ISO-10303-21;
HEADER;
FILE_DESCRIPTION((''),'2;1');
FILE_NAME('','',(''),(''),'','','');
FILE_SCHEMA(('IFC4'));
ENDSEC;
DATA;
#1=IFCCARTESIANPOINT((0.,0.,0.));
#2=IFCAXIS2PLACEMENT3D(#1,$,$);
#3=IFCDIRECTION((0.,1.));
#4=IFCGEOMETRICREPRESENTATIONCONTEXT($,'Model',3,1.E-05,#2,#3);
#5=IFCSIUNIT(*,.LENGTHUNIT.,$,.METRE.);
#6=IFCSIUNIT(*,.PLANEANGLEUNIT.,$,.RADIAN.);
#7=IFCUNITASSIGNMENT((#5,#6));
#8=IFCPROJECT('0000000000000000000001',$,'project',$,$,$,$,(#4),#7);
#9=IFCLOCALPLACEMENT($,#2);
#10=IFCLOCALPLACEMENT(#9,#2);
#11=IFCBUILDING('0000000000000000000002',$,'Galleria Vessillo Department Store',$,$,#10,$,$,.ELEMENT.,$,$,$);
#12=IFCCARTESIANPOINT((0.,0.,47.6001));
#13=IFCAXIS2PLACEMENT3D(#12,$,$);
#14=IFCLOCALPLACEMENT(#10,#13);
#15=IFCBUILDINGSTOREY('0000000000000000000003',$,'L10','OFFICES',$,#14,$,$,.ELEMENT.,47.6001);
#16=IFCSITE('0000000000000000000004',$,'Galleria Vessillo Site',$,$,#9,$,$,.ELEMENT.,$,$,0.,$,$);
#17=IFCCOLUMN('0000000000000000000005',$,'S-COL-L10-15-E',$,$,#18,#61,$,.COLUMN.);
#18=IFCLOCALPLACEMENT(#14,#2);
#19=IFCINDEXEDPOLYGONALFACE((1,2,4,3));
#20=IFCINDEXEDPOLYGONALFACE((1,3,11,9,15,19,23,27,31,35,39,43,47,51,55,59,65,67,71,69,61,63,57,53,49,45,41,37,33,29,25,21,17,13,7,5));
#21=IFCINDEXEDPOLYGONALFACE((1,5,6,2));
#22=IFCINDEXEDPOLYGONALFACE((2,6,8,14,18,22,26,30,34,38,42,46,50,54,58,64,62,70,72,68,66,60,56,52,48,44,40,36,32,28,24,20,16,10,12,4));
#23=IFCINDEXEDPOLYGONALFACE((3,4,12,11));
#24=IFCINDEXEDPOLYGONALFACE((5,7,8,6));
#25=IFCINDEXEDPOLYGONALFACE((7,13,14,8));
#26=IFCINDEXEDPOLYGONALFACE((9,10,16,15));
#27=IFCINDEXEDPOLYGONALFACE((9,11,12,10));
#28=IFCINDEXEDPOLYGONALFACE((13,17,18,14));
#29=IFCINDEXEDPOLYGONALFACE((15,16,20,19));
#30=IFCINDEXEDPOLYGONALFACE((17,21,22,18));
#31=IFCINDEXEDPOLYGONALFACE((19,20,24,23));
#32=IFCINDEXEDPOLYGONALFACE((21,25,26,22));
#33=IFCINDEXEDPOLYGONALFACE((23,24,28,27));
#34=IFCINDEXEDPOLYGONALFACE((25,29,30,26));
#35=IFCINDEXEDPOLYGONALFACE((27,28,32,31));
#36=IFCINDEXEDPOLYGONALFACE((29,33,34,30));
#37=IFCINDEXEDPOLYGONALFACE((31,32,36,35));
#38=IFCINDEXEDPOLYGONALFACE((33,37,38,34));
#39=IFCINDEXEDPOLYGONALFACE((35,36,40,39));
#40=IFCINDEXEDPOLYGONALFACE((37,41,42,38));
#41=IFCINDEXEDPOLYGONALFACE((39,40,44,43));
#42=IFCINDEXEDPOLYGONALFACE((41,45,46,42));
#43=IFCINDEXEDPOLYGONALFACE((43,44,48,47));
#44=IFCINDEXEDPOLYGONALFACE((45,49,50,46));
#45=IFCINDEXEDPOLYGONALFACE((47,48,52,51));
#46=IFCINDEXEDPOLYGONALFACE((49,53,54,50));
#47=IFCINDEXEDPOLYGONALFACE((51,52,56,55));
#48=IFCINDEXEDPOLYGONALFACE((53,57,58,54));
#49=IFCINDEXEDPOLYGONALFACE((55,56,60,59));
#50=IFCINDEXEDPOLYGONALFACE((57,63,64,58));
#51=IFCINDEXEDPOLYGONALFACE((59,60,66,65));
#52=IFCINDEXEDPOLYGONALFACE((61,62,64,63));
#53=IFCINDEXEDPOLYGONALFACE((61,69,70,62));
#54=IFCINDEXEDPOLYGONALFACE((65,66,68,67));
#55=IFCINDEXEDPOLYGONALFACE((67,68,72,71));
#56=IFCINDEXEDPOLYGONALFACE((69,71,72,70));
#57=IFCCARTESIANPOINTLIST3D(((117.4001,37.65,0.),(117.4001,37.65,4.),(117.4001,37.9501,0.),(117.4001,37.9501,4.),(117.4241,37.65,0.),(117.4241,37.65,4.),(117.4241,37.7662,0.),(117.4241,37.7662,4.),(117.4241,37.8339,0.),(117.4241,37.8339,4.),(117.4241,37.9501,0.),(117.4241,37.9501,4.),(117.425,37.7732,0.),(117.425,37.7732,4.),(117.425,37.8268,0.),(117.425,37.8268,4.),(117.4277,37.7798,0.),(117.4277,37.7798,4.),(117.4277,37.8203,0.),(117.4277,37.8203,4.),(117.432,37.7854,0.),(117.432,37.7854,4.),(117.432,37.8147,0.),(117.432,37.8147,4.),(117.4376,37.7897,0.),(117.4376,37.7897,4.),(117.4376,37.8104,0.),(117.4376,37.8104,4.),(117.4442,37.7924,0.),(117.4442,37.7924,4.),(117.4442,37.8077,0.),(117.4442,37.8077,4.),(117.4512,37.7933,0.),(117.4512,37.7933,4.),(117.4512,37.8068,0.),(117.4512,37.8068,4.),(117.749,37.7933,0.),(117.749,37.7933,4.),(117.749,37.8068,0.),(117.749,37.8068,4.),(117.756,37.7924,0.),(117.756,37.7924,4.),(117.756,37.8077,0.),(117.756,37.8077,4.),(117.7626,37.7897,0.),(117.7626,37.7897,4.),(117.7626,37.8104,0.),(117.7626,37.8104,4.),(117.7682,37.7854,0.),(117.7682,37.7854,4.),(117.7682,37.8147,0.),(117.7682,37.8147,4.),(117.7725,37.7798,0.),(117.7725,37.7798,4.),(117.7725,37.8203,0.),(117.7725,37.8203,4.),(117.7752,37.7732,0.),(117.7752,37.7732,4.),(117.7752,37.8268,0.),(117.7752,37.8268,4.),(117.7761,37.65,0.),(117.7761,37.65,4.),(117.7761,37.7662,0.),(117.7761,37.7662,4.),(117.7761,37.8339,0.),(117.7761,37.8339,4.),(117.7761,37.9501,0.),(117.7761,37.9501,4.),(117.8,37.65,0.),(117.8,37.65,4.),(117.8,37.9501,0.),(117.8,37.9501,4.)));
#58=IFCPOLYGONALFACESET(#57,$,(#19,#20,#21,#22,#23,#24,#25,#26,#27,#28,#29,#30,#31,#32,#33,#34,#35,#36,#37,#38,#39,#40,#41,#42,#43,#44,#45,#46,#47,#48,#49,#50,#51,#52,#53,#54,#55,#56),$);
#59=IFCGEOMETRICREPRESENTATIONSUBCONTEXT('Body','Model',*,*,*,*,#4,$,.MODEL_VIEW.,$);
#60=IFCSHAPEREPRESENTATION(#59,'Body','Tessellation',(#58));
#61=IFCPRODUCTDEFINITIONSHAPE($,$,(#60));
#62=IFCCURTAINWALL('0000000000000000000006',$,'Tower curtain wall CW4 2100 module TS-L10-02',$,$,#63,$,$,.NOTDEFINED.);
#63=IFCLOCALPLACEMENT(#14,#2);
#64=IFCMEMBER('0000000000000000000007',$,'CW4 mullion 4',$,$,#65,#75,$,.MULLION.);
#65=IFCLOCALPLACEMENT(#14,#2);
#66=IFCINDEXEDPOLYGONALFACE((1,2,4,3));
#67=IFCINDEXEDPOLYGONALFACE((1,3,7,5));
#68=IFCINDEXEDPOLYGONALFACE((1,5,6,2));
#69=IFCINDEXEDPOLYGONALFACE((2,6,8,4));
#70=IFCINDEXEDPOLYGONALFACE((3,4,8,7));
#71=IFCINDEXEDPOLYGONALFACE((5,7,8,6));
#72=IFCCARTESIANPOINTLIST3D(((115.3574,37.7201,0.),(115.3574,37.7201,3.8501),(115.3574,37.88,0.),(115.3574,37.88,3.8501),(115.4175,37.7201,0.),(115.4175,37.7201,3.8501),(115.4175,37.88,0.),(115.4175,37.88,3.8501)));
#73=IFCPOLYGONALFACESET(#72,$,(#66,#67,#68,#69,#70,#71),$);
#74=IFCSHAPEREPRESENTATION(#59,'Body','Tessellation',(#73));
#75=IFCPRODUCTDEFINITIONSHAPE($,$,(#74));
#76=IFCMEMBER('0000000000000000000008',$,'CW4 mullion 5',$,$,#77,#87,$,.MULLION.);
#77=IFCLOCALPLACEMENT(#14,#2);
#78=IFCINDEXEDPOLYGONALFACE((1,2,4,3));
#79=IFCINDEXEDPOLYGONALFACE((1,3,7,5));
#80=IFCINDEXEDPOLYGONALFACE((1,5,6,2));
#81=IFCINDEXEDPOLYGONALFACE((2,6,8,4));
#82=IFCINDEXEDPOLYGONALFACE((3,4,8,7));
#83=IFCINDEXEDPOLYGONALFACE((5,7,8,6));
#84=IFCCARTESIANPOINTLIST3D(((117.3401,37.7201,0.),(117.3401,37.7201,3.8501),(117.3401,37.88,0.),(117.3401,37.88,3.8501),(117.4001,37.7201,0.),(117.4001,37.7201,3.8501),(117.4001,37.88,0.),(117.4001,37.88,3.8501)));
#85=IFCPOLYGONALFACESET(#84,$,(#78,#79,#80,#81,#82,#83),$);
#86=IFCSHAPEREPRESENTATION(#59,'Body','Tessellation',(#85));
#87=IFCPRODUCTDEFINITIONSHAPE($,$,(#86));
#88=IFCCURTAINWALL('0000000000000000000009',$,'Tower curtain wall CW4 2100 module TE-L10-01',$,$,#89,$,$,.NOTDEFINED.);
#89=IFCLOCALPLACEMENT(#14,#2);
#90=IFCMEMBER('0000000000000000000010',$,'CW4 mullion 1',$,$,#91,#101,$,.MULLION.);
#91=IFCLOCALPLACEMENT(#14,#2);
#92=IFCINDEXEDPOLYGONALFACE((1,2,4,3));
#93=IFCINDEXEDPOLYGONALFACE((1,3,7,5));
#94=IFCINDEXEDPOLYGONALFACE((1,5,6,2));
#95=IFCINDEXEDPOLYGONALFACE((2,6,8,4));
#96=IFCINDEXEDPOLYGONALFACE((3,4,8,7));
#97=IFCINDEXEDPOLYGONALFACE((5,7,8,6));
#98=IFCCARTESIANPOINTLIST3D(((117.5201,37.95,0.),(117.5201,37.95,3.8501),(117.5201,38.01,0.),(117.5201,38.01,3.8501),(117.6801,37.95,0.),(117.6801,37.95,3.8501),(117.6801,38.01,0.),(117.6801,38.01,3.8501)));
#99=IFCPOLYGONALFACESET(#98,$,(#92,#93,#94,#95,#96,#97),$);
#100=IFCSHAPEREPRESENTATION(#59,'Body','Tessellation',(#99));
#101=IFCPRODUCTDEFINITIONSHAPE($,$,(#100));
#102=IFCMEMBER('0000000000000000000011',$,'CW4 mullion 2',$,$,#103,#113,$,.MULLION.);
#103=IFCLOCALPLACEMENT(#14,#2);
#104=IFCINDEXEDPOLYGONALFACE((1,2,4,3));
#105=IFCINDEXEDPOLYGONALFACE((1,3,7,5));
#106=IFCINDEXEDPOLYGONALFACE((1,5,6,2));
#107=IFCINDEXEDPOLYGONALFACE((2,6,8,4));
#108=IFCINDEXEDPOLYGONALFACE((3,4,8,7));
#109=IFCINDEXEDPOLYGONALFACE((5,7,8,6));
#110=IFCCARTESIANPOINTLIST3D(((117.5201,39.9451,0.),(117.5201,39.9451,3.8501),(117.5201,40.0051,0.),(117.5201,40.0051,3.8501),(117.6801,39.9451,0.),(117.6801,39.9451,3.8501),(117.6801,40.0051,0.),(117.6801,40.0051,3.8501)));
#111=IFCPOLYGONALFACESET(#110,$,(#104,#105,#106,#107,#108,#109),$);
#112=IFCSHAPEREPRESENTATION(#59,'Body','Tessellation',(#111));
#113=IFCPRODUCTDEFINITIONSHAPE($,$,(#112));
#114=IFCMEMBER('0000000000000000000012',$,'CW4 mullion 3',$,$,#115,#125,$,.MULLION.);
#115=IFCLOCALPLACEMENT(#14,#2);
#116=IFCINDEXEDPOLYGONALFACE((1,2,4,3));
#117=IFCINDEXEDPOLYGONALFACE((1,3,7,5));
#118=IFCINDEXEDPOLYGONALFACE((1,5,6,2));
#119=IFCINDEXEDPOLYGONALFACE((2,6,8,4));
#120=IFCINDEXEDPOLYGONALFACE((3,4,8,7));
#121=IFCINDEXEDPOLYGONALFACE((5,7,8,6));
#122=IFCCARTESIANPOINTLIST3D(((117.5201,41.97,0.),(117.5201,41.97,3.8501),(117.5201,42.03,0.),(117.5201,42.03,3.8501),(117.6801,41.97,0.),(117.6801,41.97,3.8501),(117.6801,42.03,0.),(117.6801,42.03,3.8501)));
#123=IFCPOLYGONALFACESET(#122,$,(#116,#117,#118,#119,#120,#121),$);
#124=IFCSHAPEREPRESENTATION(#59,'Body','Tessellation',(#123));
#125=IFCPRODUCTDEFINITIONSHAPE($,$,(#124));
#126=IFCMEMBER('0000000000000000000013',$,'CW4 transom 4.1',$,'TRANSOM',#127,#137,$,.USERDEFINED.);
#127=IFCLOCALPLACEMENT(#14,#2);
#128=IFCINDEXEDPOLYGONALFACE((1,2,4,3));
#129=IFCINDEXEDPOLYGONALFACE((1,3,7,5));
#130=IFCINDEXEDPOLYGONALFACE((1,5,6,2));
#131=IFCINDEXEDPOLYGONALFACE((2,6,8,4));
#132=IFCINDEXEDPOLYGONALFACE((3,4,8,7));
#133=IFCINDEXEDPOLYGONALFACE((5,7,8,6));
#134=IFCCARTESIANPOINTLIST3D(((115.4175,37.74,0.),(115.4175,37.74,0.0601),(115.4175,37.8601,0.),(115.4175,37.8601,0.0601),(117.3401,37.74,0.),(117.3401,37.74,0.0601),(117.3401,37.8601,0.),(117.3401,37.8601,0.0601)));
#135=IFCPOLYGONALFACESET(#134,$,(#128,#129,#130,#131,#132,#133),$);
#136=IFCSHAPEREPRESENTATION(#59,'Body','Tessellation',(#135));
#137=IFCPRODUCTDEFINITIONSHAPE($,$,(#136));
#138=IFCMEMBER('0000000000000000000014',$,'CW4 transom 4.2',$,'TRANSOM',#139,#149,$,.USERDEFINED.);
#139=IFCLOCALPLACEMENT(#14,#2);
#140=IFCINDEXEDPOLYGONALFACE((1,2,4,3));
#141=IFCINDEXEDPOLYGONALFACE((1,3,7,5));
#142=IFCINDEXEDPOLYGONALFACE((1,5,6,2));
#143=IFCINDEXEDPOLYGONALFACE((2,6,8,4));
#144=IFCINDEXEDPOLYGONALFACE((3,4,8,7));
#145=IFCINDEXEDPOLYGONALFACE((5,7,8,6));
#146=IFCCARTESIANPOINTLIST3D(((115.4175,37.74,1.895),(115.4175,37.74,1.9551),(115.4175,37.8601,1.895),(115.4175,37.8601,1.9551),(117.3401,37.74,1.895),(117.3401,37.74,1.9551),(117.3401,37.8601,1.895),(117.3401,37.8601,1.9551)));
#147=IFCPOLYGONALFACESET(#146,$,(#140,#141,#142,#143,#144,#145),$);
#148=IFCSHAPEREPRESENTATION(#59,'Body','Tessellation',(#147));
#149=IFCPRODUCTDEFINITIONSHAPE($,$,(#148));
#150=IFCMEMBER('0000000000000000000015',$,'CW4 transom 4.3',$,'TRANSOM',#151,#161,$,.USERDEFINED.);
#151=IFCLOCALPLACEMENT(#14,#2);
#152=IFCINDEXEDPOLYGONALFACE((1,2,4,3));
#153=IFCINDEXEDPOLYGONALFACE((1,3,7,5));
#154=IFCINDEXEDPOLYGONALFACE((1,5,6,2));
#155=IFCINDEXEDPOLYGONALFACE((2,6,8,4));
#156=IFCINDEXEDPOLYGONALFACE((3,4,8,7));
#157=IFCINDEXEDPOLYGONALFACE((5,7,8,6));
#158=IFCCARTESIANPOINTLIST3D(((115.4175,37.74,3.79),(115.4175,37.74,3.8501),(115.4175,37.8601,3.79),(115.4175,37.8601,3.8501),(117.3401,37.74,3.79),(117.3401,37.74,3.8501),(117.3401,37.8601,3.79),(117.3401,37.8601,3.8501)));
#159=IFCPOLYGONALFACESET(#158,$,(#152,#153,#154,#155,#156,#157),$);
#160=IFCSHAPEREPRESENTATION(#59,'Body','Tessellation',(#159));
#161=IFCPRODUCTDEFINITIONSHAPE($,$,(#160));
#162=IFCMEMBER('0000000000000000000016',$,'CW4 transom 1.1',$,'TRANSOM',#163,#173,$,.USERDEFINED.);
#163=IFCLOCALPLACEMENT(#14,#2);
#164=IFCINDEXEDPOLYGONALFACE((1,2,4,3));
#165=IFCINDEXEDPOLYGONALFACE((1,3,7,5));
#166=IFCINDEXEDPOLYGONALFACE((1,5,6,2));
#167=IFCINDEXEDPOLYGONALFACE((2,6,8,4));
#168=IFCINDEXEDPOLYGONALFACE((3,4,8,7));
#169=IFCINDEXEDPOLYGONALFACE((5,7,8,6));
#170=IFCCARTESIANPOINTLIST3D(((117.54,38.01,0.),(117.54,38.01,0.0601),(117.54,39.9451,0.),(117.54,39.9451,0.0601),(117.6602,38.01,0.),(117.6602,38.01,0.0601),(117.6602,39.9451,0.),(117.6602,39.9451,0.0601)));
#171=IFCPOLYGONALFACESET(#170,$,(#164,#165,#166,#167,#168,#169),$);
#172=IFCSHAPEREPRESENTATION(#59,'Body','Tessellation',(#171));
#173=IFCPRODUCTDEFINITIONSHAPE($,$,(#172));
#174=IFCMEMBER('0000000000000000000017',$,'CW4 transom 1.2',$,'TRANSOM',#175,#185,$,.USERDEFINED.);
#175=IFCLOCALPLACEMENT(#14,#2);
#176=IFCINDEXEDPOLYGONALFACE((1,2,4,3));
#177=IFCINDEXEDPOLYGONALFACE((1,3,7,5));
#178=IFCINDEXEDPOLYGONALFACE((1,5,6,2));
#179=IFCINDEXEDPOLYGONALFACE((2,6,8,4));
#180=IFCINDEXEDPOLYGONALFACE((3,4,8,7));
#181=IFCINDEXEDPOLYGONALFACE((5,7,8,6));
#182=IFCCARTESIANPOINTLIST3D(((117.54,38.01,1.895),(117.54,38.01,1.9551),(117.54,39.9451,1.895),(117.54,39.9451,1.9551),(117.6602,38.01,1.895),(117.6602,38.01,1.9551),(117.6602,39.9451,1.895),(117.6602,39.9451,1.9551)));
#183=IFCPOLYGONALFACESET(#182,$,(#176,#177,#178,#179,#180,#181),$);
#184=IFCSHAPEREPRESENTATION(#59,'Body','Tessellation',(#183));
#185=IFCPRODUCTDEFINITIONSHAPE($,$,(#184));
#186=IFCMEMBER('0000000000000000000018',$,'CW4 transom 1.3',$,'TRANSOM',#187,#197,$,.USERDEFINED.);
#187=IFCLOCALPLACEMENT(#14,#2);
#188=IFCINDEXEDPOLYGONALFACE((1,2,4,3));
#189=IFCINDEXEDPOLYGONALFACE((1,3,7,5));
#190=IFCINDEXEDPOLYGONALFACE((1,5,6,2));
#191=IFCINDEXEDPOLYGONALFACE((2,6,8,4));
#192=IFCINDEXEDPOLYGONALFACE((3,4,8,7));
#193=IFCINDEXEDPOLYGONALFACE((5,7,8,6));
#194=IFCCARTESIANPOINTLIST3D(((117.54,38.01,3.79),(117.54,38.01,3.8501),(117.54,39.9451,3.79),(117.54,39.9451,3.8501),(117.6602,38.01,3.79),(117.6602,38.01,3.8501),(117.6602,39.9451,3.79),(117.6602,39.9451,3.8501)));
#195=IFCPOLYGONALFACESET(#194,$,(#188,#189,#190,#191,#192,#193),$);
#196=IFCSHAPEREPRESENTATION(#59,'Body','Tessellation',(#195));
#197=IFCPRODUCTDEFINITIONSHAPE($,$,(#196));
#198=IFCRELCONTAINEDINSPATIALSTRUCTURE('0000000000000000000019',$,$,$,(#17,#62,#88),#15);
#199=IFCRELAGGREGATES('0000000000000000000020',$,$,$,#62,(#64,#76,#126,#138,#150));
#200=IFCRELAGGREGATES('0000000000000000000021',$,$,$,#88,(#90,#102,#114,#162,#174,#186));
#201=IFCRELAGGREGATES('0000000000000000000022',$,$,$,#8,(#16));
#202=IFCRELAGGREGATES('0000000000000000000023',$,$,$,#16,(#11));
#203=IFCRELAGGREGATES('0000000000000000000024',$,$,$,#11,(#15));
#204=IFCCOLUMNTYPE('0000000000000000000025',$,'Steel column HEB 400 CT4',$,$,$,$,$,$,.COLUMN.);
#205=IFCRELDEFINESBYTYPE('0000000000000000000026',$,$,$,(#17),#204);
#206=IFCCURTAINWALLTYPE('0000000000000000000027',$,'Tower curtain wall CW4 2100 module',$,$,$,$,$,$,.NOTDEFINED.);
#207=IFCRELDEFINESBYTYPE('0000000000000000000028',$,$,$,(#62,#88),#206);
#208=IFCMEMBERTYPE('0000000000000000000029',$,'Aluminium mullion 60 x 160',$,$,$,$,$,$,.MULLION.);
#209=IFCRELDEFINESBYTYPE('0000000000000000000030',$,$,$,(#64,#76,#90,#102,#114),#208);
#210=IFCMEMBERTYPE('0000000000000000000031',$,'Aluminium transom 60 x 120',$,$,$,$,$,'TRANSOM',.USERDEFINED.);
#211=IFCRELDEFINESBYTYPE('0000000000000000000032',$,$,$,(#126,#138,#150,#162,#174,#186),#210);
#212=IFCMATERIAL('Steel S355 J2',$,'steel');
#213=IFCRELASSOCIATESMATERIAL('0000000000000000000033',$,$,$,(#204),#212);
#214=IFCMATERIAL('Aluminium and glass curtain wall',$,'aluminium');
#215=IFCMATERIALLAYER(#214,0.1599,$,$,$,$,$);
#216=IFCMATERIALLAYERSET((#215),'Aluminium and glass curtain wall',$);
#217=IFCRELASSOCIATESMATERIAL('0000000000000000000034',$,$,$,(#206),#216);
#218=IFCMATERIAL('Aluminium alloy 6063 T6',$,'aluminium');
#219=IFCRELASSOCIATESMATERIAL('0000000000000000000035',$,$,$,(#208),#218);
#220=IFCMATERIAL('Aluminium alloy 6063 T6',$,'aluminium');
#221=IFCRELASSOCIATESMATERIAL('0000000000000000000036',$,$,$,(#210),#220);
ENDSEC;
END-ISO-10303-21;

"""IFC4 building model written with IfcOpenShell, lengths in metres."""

from ifc_helpers import new_model, si_unit, direction, frame, origin, origin_2d, place, context, subcontext, project, spatial, rectangle, i_section, extrude, material, layer, layer_set, material_profile, profile_set, type_object, element, aggregate, save


model = new_model("IFC4")

# Units and contexts
model_context = context("Model", 3, precision=1e-05, world=origin(), true_north=direction((0.0, 1.0)))
body_context = subcontext(model_context, "Body", "Model", "MODEL_VIEW")
ifc_project = project(units=[si_unit("LENGTHUNIT", "METRE"), si_unit("PLANEANGLEUNIT", "RADIAN")], contexts=[model_context])

# Site, building, storey
site_placement = place(None, origin())
site = spatial("IfcSite", under=ifc_project, at=site_placement, Name="Galleria Vessillo Site", CompositionType="ELEMENT", RefElevation=0.0)
building_placement = place(site_placement, origin())
building = spatial("IfcBuilding", under=site, at=building_placement, Name="Galleria Vessillo Department Store", CompositionType="ELEMENT")
storey_placement = place(building_placement, frame((0.0, 0.0, 47.6001)))
storey = spatial("IfcBuildingStorey", under=building, at=storey_placement, Name="L10", Description="OFFICES", CompositionType="ELEMENT", Elevation=47.6001)

# Column
ifc_material_1 = material(Name="Steel S355 J2", Category="steel")
ifc_material_profile_1 = material_profile(ifc_material_1, i_section(OverallWidth=0.3, OverallDepth=0.3999, WebThickness=0.0134, FlangeThickness=0.0239, FilletRadius=0.0271, at=origin_2d()), Name="HEB 400")
ifc_profile_set_1 = profile_set([ifc_material_profile_1], Name="Steel S355 J2")
column_type = type_object("IfcColumnType", Name="Steel column HEB 400 CT4", PredefinedType="COLUMN", material=ifc_profile_set_1)
column_placement = place(storey_placement, frame((117.6001, 37.8, 0.0), z_axis=(0.0, 0.0, 1.0), x_axis=(0.0, 1.0, 0.0)))
element("IfcColumn", 1, at=column_placement, inside=storey, type_object=column_type, Name="S-COL-L10-15-E", PredefinedType="COLUMN", context=body_context, shape_type="SweptSolid", body=[
    extrude(i_section(OverallWidth=0.3, OverallDepth=0.3999, WebThickness=0.0134, FlangeThickness=0.0239, FilletRadius=0.0271, at=origin_2d()), origin(), (0.0, 0.0, 1.0), 4.0),
])

# Curtain walls, members
ifc_material_2 = material(Name="Aluminium and glass curtain wall", Category="aluminium")
ifc_layer_1 = layer(ifc_material_2, 0.1599)
ifc_layer_set_1 = layer_set([ifc_layer_1], Name="Aluminium and glass curtain wall")
curtain_wall_type = type_object("IfcCurtainWallType", Name="Tower curtain wall CW4 2100 module", PredefinedType="NOTDEFINED", material=ifc_layer_set_1)
curtain_wall_1_placement = place(storey_placement, origin())
curtain_wall_1 = element("IfcCurtainWall", 2, at=curtain_wall_1_placement, inside=storey, type_object=curtain_wall_type, Name="Tower curtain wall CW4 2100 module TS-L10-02", PredefinedType="NOTDEFINED")
ifc_material_3 = material(Name="Aluminium alloy 6063 T6", Category="aluminium")
ifc_material_profile_2 = material_profile(ifc_material_3, rectangle(XDim=0.1599, YDim=0.0601, at=origin_2d()), Name="AL 60x160")
ifc_profile_set_2 = profile_set([ifc_material_profile_2], Name="Aluminium alloy 6063 T6")
member_type_1 = type_object("IfcMemberType", Name="Aluminium mullion 60 x 160", PredefinedType="MULLION", material=ifc_profile_set_2)
member_1_placement = place(storey_placement, frame((115.3875, 37.8, 0.0), z_axis=(0.0, 0.0, 1.0), x_axis=(0.0, 1.0, 0.0)))
member_1 = element("IfcMember", 3, at=member_1_placement, type_object=member_type_1, Name="CW4 mullion 4", PredefinedType="MULLION", context=body_context, shape_type="SweptSolid", body=[
    extrude(rectangle(XDim=0.1599, YDim=0.0601, at=origin_2d()), origin(), (0.0, 0.0, 1.0), 3.8501),
])
member_2_placement = place(storey_placement, frame((117.3701, 37.8, 0.0), z_axis=(0.0, 0.0, 1.0), x_axis=(0.0, 1.0, 0.0)))
member_2 = element("IfcMember", 4, at=member_2_placement, type_object=member_type_1, Name="CW4 mullion 5", PredefinedType="MULLION", context=body_context, shape_type="SweptSolid", body=[
    extrude(rectangle(XDim=0.1599, YDim=0.0601, at=origin_2d()), origin(), (0.0, 0.0, 1.0), 3.8501),
])
curtain_wall_2_placement = place(storey_placement, origin())
curtain_wall_2 = element("IfcCurtainWall", 5, at=curtain_wall_2_placement, inside=storey, type_object=curtain_wall_type, Name="Tower curtain wall CW4 2100 module TE-L10-01", PredefinedType="NOTDEFINED")
member_3_placement = place(storey_placement, frame((117.6001, 37.98, 0.0), z_axis=(0.0, 0.0, 1.0), x_axis=(-1.0, 0.0, 0.0)))
member_3 = element("IfcMember", 6, at=member_3_placement, type_object=member_type_1, Name="CW4 mullion 1", PredefinedType="MULLION", context=body_context, shape_type="SweptSolid", body=[
    extrude(rectangle(XDim=0.1599, YDim=0.0601, at=origin_2d()), origin(), (0.0, 0.0, 1.0), 3.8501),
])
member_4_placement = place(storey_placement, frame((117.6001, 39.9751, 0.0), z_axis=(0.0, 0.0, 1.0), x_axis=(-1.0, 0.0, 0.0)))
member_4 = element("IfcMember", 7, at=member_4_placement, type_object=member_type_1, Name="CW4 mullion 2", PredefinedType="MULLION", context=body_context, shape_type="SweptSolid", body=[
    extrude(rectangle(XDim=0.1599, YDim=0.0601, at=origin_2d()), origin(), (0.0, 0.0, 1.0), 3.8501),
])
member_5_placement = place(storey_placement, frame((117.6001, 42.0, 0.0), z_axis=(0.0, 0.0, 1.0), x_axis=(-1.0, 0.0, 0.0)))
member_5 = element("IfcMember", 8, at=member_5_placement, type_object=member_type_1, Name="CW4 mullion 3", PredefinedType="MULLION", context=body_context, shape_type="SweptSolid", body=[
    extrude(rectangle(XDim=0.1599, YDim=0.0601, at=origin_2d()), origin(), (0.0, 0.0, 1.0), 3.8501),
])

# Members
ifc_material_4 = material(Name="Aluminium alloy 6063 T6", Category="aluminium")
ifc_material_profile_3 = material_profile(ifc_material_4, rectangle(XDim=0.1201, YDim=0.0601, at=origin_2d()), Name="AL 60x120")
ifc_profile_set_3 = profile_set([ifc_material_profile_3], Name="Aluminium alloy 6063 T6")
member_type_2 = type_object("IfcMemberType", Name="Aluminium transom 60 x 120", ElementType="TRANSOM", PredefinedType="USERDEFINED", material=ifc_profile_set_3)
member_6_placement = place(storey_placement, frame((115.4175, 37.8, 0.03), z_axis=(1.0, 0.0, 0.0), x_axis=(0.0, 1.0, 0.0)))
member_6 = element("IfcMember", 9, at=member_6_placement, type_object=member_type_2, Name="CW4 transom 4.1", ObjectType="TRANSOM", PredefinedType="USERDEFINED", context=body_context, shape_type="SweptSolid", body=[
    extrude(rectangle(XDim=0.1201, YDim=0.0601, at=origin_2d()), origin(), (0.0, 0.0, 1.0), 1.9226),
])
member_7_placement = place(storey_placement, frame((115.4175, 37.8, 1.925), z_axis=(1.0, 0.0, 0.0), x_axis=(0.0, 1.0, 0.0)))
member_7 = element("IfcMember", 10, at=member_7_placement, type_object=member_type_2, Name="CW4 transom 4.2", ObjectType="TRANSOM", PredefinedType="USERDEFINED", context=body_context, shape_type="SweptSolid", body=[
    extrude(rectangle(XDim=0.1201, YDim=0.0601, at=origin_2d()), origin(), (0.0, 0.0, 1.0), 1.9226),
])
member_8_placement = place(storey_placement, frame((115.4175, 37.8, 3.8201), z_axis=(1.0, 0.0, 0.0), x_axis=(0.0, 1.0, 0.0)))
member_8 = element("IfcMember", 11, at=member_8_placement, type_object=member_type_2, Name="CW4 transom 4.3", ObjectType="TRANSOM", PredefinedType="USERDEFINED", context=body_context, shape_type="SweptSolid", body=[
    extrude(rectangle(XDim=0.1201, YDim=0.0601, at=origin_2d()), origin(), (0.0, 0.0, 1.0), 1.9226),
])
member_9_placement = place(storey_placement, frame((117.6001, 38.01, 0.03), z_axis=(0.0, 1.0, 0.0), x_axis=(-1.0, 0.0, 0.0)))
member_9 = element("IfcMember", 12, at=member_9_placement, type_object=member_type_2, Name="CW4 transom 1.1", ObjectType="TRANSOM", PredefinedType="USERDEFINED", context=body_context, shape_type="SweptSolid", body=[
    extrude(rectangle(XDim=0.1201, YDim=0.0601, at=origin_2d()), origin(), (0.0, 0.0, 1.0), 1.9351),
])
member_10_placement = place(storey_placement, frame((117.6001, 38.01, 1.925), z_axis=(0.0, 1.0, 0.0), x_axis=(-1.0, 0.0, 0.0)))
member_10 = element("IfcMember", 13, at=member_10_placement, type_object=member_type_2, Name="CW4 transom 1.2", ObjectType="TRANSOM", PredefinedType="USERDEFINED", context=body_context, shape_type="SweptSolid", body=[
    extrude(rectangle(XDim=0.1201, YDim=0.0601, at=origin_2d()), origin(), (0.0, 0.0, 1.0), 1.9351),
])
member_11_placement = place(storey_placement, frame((117.6001, 38.01, 3.8201), z_axis=(0.0, 1.0, 0.0), x_axis=(-1.0, 0.0, 0.0)))
member_11 = element("IfcMember", 14, at=member_11_placement, type_object=member_type_2, Name="CW4 transom 1.3", ObjectType="TRANSOM", PredefinedType="USERDEFINED", context=body_context, shape_type="SweptSolid", body=[
    extrude(rectangle(XDim=0.1201, YDim=0.0601, at=origin_2d()), origin(), (0.0, 0.0, 1.0), 1.9351),
])

aggregate(curtain_wall_1, [member_1, member_2, member_6, member_7, member_8])
aggregate(curtain_wall_2, [member_3, member_4, member_5, member_9, member_10, member_11])

save(model, "model.ifc")
